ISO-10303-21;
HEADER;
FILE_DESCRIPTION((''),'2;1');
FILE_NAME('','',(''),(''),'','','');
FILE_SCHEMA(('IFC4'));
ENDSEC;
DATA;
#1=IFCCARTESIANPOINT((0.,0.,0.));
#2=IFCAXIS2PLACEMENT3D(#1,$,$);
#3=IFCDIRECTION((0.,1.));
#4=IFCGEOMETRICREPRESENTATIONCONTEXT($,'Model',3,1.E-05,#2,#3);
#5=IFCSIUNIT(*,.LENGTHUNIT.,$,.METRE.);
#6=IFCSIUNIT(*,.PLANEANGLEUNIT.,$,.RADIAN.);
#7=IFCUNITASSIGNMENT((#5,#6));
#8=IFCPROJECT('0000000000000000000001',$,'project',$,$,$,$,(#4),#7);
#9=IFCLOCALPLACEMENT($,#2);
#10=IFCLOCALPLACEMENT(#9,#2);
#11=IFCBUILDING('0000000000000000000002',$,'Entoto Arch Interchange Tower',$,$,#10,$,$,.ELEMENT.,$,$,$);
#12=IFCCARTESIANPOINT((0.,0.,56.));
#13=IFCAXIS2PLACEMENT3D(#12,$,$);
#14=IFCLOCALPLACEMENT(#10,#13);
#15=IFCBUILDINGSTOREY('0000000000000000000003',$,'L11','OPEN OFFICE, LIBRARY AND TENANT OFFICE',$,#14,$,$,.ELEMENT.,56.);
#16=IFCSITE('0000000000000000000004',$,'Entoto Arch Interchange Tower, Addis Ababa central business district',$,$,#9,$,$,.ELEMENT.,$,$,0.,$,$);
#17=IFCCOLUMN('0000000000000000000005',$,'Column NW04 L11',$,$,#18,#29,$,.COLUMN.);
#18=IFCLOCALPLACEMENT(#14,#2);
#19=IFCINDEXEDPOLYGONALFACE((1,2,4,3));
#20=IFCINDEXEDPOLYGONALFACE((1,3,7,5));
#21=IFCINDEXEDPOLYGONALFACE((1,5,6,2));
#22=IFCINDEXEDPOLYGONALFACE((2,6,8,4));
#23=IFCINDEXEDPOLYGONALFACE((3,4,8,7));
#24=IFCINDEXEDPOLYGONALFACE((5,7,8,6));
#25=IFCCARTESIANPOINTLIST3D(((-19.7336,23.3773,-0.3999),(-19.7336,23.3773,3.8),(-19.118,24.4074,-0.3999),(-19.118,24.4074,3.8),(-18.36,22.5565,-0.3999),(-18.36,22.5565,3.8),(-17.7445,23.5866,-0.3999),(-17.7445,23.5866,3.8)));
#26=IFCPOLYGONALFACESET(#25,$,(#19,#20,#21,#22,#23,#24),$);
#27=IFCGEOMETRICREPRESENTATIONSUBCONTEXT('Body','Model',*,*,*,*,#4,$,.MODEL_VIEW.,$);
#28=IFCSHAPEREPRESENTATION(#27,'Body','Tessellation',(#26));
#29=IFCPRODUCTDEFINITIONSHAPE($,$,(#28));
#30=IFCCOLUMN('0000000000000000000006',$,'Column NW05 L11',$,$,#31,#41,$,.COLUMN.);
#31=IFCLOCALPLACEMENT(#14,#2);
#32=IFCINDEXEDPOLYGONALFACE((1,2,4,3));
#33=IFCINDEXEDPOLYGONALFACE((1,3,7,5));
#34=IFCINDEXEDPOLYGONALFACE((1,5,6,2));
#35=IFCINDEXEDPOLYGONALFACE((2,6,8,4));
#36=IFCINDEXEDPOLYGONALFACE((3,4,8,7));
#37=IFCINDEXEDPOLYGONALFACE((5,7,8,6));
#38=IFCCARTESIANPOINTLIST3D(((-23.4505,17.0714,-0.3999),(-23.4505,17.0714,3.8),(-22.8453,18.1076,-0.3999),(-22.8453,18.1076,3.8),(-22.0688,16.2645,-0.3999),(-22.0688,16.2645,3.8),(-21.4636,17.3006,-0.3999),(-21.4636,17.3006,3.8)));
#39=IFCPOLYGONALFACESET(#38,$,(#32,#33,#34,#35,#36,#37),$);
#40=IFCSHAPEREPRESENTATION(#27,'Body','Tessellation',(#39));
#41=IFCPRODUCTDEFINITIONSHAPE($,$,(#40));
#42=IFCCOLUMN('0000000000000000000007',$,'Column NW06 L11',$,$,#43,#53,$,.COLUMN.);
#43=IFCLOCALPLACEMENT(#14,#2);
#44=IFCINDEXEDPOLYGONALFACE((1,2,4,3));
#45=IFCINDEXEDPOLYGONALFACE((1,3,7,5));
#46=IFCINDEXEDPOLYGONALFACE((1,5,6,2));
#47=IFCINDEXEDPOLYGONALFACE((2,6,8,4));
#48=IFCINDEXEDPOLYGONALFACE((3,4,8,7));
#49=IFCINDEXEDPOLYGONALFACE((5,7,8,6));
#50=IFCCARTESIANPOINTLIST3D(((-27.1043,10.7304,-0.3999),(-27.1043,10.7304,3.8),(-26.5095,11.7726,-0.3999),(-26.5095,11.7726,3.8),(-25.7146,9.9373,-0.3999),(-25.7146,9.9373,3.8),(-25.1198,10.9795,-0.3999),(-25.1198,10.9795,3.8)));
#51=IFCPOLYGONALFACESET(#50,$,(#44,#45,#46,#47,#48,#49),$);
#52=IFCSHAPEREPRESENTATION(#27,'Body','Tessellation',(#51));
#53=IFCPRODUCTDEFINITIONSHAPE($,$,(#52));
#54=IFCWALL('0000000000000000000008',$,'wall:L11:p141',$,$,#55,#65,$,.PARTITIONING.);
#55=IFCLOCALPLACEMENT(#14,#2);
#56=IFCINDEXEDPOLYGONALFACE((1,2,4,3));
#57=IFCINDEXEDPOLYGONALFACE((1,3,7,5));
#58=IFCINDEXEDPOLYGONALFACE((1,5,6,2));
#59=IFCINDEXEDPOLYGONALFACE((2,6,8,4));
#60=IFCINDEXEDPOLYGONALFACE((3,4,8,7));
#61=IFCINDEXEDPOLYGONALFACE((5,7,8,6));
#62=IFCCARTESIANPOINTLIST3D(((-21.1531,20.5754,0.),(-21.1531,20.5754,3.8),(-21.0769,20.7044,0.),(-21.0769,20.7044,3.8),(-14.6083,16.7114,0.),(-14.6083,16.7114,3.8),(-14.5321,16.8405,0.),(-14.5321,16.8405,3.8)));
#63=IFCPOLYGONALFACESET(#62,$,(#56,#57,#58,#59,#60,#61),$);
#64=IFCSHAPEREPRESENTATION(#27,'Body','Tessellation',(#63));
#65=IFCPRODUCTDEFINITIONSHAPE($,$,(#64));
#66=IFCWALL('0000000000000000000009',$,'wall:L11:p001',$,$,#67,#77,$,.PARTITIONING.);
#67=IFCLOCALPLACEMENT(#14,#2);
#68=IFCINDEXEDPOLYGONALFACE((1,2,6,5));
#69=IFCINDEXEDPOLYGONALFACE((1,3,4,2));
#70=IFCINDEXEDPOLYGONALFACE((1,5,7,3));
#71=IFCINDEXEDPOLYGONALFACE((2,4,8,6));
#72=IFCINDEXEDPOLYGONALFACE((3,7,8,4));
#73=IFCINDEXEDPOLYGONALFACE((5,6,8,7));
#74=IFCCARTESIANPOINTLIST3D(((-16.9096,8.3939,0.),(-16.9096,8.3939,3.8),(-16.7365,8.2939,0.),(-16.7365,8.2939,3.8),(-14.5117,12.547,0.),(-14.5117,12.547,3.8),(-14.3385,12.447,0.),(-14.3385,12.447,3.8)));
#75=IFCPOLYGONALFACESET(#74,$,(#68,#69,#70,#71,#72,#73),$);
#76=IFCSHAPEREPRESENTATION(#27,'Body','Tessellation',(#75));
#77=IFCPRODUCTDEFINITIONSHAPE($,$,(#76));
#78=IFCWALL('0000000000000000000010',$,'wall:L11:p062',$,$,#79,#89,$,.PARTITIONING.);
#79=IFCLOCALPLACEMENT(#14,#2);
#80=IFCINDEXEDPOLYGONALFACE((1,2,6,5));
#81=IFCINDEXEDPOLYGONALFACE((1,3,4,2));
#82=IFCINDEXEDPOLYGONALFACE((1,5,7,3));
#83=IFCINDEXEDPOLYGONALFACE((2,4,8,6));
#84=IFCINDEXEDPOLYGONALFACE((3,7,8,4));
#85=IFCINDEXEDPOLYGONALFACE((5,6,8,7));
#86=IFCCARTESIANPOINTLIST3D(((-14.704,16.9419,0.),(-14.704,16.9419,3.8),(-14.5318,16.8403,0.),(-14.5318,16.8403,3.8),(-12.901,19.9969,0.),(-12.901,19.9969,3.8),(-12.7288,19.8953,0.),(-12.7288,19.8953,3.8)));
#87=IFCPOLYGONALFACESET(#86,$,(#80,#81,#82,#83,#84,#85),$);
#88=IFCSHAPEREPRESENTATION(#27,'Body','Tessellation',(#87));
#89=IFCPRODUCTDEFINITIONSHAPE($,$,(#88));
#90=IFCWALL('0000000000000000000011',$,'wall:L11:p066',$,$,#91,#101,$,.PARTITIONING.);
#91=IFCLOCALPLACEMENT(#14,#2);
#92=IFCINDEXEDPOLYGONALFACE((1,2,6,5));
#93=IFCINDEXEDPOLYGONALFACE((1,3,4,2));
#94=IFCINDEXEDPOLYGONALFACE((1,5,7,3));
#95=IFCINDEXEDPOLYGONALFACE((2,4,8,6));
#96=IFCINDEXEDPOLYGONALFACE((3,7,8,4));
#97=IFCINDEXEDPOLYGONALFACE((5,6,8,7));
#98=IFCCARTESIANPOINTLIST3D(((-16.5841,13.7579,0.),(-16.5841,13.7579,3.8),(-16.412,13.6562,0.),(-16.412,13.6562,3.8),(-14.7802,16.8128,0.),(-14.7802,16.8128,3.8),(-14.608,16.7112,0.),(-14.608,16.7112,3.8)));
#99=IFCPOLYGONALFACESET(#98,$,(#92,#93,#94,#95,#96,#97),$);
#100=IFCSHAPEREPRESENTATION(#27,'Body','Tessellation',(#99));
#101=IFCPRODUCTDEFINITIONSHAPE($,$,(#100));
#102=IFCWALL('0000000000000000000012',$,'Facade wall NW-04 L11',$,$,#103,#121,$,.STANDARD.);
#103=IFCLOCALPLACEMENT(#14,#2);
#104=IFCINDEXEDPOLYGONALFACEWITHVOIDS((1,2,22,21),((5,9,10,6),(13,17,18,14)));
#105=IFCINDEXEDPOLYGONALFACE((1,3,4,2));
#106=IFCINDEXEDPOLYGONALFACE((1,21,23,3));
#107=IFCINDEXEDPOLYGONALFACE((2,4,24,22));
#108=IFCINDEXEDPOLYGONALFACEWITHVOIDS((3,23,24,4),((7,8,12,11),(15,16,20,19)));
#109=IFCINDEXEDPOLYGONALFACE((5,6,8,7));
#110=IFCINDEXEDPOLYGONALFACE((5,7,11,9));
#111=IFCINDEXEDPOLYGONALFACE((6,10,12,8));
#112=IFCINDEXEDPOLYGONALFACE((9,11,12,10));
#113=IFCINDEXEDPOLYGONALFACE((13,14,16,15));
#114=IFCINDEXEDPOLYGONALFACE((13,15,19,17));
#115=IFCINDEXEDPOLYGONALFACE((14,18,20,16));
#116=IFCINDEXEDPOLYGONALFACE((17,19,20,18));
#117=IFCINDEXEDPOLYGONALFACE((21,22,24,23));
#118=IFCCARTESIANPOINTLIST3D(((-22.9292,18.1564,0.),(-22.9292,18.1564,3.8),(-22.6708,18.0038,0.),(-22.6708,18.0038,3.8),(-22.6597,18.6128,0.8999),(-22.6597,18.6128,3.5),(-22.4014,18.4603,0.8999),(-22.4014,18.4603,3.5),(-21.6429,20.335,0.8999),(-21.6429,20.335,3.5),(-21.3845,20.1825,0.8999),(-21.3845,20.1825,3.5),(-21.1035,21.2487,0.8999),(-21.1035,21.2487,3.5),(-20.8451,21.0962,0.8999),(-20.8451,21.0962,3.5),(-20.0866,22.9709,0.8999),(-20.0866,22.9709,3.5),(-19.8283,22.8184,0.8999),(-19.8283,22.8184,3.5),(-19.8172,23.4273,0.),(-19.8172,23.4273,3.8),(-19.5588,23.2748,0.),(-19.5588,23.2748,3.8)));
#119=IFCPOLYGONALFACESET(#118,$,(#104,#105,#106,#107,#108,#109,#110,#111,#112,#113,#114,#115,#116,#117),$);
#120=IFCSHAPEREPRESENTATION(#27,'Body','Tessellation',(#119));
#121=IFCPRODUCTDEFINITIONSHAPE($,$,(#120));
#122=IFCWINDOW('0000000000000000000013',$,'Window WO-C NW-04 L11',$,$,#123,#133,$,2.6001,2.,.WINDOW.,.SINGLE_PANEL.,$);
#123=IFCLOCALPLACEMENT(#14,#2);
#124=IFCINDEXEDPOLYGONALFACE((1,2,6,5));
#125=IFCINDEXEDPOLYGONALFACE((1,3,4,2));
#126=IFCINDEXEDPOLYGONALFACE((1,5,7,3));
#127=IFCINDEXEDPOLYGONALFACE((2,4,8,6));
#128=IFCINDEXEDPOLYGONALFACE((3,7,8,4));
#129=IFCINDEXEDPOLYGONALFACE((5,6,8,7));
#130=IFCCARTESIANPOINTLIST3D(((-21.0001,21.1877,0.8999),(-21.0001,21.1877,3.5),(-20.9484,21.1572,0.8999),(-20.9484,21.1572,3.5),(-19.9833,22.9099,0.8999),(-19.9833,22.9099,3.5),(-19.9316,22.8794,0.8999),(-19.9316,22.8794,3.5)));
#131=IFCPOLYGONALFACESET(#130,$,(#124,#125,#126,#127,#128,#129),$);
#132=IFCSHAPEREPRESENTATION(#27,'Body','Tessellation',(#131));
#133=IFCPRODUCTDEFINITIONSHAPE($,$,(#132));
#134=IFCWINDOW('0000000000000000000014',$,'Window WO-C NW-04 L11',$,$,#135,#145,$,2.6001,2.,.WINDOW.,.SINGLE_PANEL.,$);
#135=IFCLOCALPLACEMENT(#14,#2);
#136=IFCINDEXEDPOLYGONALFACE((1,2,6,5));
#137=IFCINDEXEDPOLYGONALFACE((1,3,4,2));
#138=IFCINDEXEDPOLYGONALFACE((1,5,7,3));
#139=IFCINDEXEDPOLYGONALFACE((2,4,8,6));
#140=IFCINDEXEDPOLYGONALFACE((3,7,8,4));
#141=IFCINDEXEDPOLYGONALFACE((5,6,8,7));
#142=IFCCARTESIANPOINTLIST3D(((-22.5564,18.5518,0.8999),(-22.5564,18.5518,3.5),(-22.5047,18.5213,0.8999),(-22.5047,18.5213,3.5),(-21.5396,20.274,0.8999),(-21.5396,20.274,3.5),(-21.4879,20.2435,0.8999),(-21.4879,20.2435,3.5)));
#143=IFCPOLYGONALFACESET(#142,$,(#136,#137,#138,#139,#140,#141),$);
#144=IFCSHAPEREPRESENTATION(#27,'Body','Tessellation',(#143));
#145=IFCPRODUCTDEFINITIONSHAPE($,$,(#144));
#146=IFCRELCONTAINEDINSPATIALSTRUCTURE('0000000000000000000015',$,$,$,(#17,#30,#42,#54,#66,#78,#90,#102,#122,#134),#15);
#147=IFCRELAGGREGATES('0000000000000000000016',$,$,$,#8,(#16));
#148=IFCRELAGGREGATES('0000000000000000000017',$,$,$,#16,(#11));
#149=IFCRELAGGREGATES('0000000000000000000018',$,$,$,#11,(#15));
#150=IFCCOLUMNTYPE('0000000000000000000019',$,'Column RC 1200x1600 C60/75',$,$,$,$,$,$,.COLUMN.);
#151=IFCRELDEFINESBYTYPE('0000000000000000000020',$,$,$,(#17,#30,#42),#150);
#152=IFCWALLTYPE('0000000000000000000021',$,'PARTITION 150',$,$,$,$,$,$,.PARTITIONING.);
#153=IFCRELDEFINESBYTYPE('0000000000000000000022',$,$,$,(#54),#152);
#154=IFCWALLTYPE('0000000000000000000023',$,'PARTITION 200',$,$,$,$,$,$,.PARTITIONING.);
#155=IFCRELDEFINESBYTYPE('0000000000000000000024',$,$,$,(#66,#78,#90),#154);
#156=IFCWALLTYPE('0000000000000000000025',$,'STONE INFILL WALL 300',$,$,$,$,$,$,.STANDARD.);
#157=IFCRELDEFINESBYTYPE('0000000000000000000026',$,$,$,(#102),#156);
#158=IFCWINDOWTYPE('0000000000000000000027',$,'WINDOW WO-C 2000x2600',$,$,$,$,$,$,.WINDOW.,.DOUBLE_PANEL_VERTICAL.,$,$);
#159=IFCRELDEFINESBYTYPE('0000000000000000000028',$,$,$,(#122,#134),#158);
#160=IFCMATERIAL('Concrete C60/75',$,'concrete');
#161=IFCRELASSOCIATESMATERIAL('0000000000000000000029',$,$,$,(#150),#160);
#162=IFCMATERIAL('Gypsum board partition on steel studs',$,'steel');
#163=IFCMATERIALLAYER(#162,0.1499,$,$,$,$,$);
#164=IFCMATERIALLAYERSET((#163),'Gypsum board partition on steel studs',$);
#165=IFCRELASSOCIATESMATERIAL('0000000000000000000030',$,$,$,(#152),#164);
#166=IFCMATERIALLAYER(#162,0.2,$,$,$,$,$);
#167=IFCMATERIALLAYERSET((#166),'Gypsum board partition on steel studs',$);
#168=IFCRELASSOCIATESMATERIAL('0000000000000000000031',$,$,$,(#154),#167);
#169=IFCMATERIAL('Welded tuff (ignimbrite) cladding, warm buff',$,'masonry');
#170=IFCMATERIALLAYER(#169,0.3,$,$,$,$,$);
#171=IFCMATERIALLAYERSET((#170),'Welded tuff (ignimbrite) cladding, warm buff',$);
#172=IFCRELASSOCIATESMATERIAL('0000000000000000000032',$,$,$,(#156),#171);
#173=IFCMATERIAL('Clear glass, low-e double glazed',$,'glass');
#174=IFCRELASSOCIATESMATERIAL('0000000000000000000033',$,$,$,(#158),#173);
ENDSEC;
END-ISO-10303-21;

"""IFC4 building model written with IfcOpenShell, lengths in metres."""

from ifc_helpers import new_model, si_unit, direction, frame, frame_2d, origin, origin_2d, place, context, subcontext, project, spatial, rectangle, extrude, material, layer, layer_set, material_profile, profile_set, type_object, element, fill, save


model = new_model("IFC4")

# Units and contexts
model_context = context("Model", 3, precision=1e-05, world=origin(), true_north=direction((0.0, 1.0)))
body_context = subcontext(model_context, "Body", "Model", "MODEL_VIEW")
ifc_project = project(units=[si_unit("LENGTHUNIT", "METRE"), si_unit("PLANEANGLEUNIT", "RADIAN")], contexts=[model_context])

# Site, building, storey
site_placement = place(None, origin())
site = spatial("IfcSite", under=ifc_project, at=site_placement, Name="Entoto Arch Interchange Tower, Addis Ababa central business district", CompositionType="ELEMENT", RefElevation=0.0)
building_placement = place(site_placement, origin())
building = spatial("IfcBuilding", under=site, at=building_placement, Name="Entoto Arch Interchange Tower", CompositionType="ELEMENT")
storey_placement = place(building_placement, frame((0.0, 0.0, 56.0)))
storey = spatial("IfcBuildingStorey", under=building, at=storey_placement, Name="L11", Description="OPEN OFFICE, LIBRARY AND TENANT OFFICE", CompositionType="ELEMENT", Elevation=56.0)

# Columns
ifc_material_1 = material(Name="Concrete C60/75", Category="concrete")
ifc_material_profile = material_profile(ifc_material_1, rectangle(XDim=1.2, YDim=1.6001, at=origin_2d()))
ifc_profile_set = profile_set([ifc_material_profile], Name="Concrete C60/75")
column_type = type_object("IfcColumnType", Name="Column RC 1200x1600 C60/75", PredefinedType="COLUMN", material=ifc_profile_set)
for number, where, z_axis, x_axis, name in (
    (1, (-18.739, 23.4819, -0.3999), (0.0, 0.0, 1.0), (0.512972, 0.858405, 0.0), "Column NW04 L11"),
    (2, (-22.457, 17.186, -0.3999), (0.0, 0.0, 1.0), (0.504332, 0.86351, 0.0), "Column NW05 L11"),
    (3, (-26.1121, 10.855, -0.3999), (0.0, 0.0, 1.0), (0.495656, 0.868519, 0.0), "Column NW06 L11"),
):
    element("IfcColumn", number, at=place(storey_placement, frame(where, z_axis=z_axis, x_axis=x_axis)), inside=storey, type_object=column_type, Name=name, PredefinedType="COLUMN", context=body_context, shape_type="SweptSolid", body=[
        extrude(rectangle(XDim=1.2, YDim=1.6001, at=origin_2d()), origin(), (0.0, 0.0, 1.0), 4.2),
    ])

# Walls
ifc_material_2 = material(Name="Gypsum board partition on steel studs", Category="steel")
ifc_layer_1 = layer(ifc_material_2, 0.1499)
ifc_layer_set_1 = layer_set([ifc_layer_1], Name="Gypsum board partition on steel studs")
wall_type_1 = type_object("IfcWallType", Name="PARTITION 150", PredefinedType="PARTITIONING", material=ifc_layer_set_1)
wall_1_placement = place(storey_placement, frame((-14.5701, 16.7759, 0.0), z_axis=(0.0, 0.0, 1.0), x_axis=(-0.861125, 0.508394, 0.0)))
element("IfcWall", 4, at=wall_1_placement, inside=storey, type_object=wall_type_1, Name="wall:L11:p141", PredefinedType="PARTITIONING", context=body_context, shape_type="SweptSolid", body=[
    extrude(rectangle(XDim=7.6003, YDim=0.1499, at=frame_2d((3.8003, 0.0))), origin(), (0.0, 0.0, 1.0), 3.8),
])
ifc_layer_2 = layer(ifc_material_2, 0.2)
ifc_layer_set_2 = layer_set([ifc_layer_2], Name="Gypsum board partition on steel studs")
wall_type_2 = type_object("IfcWallType", Name="PARTITION 200", PredefinedType="PARTITIONING", material=ifc_layer_set_2)
wall_2_placement = place(storey_placement, frame((-14.425, 12.4971, 0.0), z_axis=(0.0, 0.0, 1.0), x_axis=(-0.500027, -0.86601, 0.0)))
element("IfcWall", 5, at=wall_2_placement, inside=storey, type_object=wall_type_2, Name="wall:L11:p001", PredefinedType="PARTITIONING", context=body_context, shape_type="SweptSolid", body=[
    extrude(rectangle(XDim=4.7957, YDim=0.2, at=frame_2d((2.3979, 0.0))), origin(), (0.0, 0.0, 1.0), 3.8),
])
wall_3_placement = place(storey_placement, frame((-14.6179, 16.8911, 0.0), z_axis=(0.0, 0.0, 1.0), x_axis=(0.508268, 0.861199, 0.0)))
element("IfcWall", 6, at=wall_3_placement, inside=storey, type_object=wall_type_2, Name="wall:L11:p062", PredefinedType="PARTITIONING", context=body_context, shape_type="SweptSolid", body=[
    extrude(rectangle(XDim=3.5474, YDim=0.2, at=frame_2d((1.7737, 0.0))), origin(), (0.0, 0.0, 1.0), 3.8),
])
wall_4_placement = place(storey_placement, frame((-16.498, 13.707, 0.0), z_axis=(0.0, 0.0, 1.0), x_axis=(0.508472, 0.861079, 0.0)))
element("IfcWall", 7, at=wall_4_placement, inside=storey, type_object=wall_type_2, Name="wall:L11:p066", PredefinedType="PARTITIONING", context=body_context, shape_type="SweptSolid", body=[
    extrude(rectangle(XDim=3.5479, YDim=0.2, at=frame_2d((1.7739, 0.0))), origin(), (0.0, 0.0, 1.0), 3.8),
])

# Wall, openings, windows
ifc_material_3 = material(Name="Welded tuff (ignimbrite) cladding, warm buff", Category="masonry")
ifc_layer_3 = layer(ifc_material_3, 0.3)
ifc_layer_set_3 = layer_set([ifc_layer_3], Name="Welded tuff (ignimbrite) cladding, warm buff")
wall_type_3 = type_object("IfcWallType", Name="STONE INFILL WALL 300", PredefinedType="STANDARD", material=ifc_layer_set_3)
wall_5_placement = place(storey_placement, frame((-19.688, 23.3511, 0.0), z_axis=(0.0, 0.0, 1.0), x_axis=(-0.508412, -0.861114, 0.0)))
wall_5 = element("IfcWall", 8, at=wall_5_placement, inside=storey, type_object=wall_type_3, Name="Facade wall NW-04 L11", PredefinedType="STANDARD", context=body_context, shape_type="SweptSolid", body=[
    extrude(rectangle(XDim=6.1211, YDim=0.3, at=frame_2d((3.0605, 0.0))), origin(), (0.0, 0.0, 1.0), 3.8),
])
opening_1_placement = place(wall_5_placement, frame((0.53, 0.0, 0.8999)))
opening_1 = element("IfcOpeningElement", 9, at=opening_1_placement, cuts=wall_5, PredefinedType="OPENING", context=body_context, shape_type="SweptSolid", body=[
    extrude(rectangle(XDim=2.0, YDim=2.6001, at=frame_2d((1.0, 1.3))), frame((0.0, 0.1602, 0.0), z_axis=(0.0, -1.0, 0.0), x_axis=(1.0, 0.0, 0.0)), (0.0, 0.0, 1.0), 0.3201),
])
opening_2_placement = place(wall_5_placement, frame((3.5911, 0.0, 0.8999)))
opening_2 = element("IfcOpeningElement", 10, at=opening_2_placement, cuts=wall_5, PredefinedType="OPENING", context=body_context, shape_type="SweptSolid", body=[
    extrude(rectangle(XDim=2.0, YDim=2.6001, at=frame_2d((1.0, 1.3))), frame((0.0, 0.1602, 0.0), z_axis=(0.0, -1.0, 0.0), x_axis=(1.0, 0.0, 0.0)), (0.0, 0.0, 1.0), 0.3201),
])
ifc_material_4 = material(Name="Clear glass, low-e double glazed", Category="glass")
window_type = type_object("IfcWindowType", Name="WINDOW WO-C 2000x2600", PartitioningType="DOUBLE_PANEL_VERTICAL", PredefinedType="WINDOW", material=ifc_material_4)
window_1_placement = place(opening_1_placement, origin())
window_1 = element("IfcWindow", 11, at=window_1_placement, inside=storey, type_object=window_type, Name="Window WO-C NW-04 L11", OverallHeight=2.6001, OverallWidth=2.0, PartitioningType="SINGLE_PANEL", PredefinedType="WINDOW", context=body_context, shape_type="SweptSolid", body=[
    extrude(rectangle(XDim=2.0, YDim=2.6001, at=frame_2d((1.0, 1.3))), frame((0.0, 0.03, 0.0), z_axis=(0.0, -1.0, 0.0), x_axis=(1.0, 0.0, 0.0)), (0.0, 0.0, 1.0), 0.0601),
])
fill(opening_1, window_1)
window_2_placement = place(opening_2_placement, origin())
window_2 = element("IfcWindow", 12, at=window_2_placement, inside=storey, type_object=window_type, Name="Window WO-C NW-04 L11", OverallHeight=2.6001, OverallWidth=2.0, PartitioningType="SINGLE_PANEL", PredefinedType="WINDOW", context=body_context, shape_type="SweptSolid", body=[
    extrude(rectangle(XDim=2.0, YDim=2.6001, at=frame_2d((1.0, 1.3))), frame((0.0, 0.03, 0.0), z_axis=(0.0, -1.0, 0.0), x_axis=(1.0, 0.0, 0.0)), (0.0, 0.0, 1.0), 0.0601),
])
fill(opening_2, window_2)

save(model, "model.ifc")
